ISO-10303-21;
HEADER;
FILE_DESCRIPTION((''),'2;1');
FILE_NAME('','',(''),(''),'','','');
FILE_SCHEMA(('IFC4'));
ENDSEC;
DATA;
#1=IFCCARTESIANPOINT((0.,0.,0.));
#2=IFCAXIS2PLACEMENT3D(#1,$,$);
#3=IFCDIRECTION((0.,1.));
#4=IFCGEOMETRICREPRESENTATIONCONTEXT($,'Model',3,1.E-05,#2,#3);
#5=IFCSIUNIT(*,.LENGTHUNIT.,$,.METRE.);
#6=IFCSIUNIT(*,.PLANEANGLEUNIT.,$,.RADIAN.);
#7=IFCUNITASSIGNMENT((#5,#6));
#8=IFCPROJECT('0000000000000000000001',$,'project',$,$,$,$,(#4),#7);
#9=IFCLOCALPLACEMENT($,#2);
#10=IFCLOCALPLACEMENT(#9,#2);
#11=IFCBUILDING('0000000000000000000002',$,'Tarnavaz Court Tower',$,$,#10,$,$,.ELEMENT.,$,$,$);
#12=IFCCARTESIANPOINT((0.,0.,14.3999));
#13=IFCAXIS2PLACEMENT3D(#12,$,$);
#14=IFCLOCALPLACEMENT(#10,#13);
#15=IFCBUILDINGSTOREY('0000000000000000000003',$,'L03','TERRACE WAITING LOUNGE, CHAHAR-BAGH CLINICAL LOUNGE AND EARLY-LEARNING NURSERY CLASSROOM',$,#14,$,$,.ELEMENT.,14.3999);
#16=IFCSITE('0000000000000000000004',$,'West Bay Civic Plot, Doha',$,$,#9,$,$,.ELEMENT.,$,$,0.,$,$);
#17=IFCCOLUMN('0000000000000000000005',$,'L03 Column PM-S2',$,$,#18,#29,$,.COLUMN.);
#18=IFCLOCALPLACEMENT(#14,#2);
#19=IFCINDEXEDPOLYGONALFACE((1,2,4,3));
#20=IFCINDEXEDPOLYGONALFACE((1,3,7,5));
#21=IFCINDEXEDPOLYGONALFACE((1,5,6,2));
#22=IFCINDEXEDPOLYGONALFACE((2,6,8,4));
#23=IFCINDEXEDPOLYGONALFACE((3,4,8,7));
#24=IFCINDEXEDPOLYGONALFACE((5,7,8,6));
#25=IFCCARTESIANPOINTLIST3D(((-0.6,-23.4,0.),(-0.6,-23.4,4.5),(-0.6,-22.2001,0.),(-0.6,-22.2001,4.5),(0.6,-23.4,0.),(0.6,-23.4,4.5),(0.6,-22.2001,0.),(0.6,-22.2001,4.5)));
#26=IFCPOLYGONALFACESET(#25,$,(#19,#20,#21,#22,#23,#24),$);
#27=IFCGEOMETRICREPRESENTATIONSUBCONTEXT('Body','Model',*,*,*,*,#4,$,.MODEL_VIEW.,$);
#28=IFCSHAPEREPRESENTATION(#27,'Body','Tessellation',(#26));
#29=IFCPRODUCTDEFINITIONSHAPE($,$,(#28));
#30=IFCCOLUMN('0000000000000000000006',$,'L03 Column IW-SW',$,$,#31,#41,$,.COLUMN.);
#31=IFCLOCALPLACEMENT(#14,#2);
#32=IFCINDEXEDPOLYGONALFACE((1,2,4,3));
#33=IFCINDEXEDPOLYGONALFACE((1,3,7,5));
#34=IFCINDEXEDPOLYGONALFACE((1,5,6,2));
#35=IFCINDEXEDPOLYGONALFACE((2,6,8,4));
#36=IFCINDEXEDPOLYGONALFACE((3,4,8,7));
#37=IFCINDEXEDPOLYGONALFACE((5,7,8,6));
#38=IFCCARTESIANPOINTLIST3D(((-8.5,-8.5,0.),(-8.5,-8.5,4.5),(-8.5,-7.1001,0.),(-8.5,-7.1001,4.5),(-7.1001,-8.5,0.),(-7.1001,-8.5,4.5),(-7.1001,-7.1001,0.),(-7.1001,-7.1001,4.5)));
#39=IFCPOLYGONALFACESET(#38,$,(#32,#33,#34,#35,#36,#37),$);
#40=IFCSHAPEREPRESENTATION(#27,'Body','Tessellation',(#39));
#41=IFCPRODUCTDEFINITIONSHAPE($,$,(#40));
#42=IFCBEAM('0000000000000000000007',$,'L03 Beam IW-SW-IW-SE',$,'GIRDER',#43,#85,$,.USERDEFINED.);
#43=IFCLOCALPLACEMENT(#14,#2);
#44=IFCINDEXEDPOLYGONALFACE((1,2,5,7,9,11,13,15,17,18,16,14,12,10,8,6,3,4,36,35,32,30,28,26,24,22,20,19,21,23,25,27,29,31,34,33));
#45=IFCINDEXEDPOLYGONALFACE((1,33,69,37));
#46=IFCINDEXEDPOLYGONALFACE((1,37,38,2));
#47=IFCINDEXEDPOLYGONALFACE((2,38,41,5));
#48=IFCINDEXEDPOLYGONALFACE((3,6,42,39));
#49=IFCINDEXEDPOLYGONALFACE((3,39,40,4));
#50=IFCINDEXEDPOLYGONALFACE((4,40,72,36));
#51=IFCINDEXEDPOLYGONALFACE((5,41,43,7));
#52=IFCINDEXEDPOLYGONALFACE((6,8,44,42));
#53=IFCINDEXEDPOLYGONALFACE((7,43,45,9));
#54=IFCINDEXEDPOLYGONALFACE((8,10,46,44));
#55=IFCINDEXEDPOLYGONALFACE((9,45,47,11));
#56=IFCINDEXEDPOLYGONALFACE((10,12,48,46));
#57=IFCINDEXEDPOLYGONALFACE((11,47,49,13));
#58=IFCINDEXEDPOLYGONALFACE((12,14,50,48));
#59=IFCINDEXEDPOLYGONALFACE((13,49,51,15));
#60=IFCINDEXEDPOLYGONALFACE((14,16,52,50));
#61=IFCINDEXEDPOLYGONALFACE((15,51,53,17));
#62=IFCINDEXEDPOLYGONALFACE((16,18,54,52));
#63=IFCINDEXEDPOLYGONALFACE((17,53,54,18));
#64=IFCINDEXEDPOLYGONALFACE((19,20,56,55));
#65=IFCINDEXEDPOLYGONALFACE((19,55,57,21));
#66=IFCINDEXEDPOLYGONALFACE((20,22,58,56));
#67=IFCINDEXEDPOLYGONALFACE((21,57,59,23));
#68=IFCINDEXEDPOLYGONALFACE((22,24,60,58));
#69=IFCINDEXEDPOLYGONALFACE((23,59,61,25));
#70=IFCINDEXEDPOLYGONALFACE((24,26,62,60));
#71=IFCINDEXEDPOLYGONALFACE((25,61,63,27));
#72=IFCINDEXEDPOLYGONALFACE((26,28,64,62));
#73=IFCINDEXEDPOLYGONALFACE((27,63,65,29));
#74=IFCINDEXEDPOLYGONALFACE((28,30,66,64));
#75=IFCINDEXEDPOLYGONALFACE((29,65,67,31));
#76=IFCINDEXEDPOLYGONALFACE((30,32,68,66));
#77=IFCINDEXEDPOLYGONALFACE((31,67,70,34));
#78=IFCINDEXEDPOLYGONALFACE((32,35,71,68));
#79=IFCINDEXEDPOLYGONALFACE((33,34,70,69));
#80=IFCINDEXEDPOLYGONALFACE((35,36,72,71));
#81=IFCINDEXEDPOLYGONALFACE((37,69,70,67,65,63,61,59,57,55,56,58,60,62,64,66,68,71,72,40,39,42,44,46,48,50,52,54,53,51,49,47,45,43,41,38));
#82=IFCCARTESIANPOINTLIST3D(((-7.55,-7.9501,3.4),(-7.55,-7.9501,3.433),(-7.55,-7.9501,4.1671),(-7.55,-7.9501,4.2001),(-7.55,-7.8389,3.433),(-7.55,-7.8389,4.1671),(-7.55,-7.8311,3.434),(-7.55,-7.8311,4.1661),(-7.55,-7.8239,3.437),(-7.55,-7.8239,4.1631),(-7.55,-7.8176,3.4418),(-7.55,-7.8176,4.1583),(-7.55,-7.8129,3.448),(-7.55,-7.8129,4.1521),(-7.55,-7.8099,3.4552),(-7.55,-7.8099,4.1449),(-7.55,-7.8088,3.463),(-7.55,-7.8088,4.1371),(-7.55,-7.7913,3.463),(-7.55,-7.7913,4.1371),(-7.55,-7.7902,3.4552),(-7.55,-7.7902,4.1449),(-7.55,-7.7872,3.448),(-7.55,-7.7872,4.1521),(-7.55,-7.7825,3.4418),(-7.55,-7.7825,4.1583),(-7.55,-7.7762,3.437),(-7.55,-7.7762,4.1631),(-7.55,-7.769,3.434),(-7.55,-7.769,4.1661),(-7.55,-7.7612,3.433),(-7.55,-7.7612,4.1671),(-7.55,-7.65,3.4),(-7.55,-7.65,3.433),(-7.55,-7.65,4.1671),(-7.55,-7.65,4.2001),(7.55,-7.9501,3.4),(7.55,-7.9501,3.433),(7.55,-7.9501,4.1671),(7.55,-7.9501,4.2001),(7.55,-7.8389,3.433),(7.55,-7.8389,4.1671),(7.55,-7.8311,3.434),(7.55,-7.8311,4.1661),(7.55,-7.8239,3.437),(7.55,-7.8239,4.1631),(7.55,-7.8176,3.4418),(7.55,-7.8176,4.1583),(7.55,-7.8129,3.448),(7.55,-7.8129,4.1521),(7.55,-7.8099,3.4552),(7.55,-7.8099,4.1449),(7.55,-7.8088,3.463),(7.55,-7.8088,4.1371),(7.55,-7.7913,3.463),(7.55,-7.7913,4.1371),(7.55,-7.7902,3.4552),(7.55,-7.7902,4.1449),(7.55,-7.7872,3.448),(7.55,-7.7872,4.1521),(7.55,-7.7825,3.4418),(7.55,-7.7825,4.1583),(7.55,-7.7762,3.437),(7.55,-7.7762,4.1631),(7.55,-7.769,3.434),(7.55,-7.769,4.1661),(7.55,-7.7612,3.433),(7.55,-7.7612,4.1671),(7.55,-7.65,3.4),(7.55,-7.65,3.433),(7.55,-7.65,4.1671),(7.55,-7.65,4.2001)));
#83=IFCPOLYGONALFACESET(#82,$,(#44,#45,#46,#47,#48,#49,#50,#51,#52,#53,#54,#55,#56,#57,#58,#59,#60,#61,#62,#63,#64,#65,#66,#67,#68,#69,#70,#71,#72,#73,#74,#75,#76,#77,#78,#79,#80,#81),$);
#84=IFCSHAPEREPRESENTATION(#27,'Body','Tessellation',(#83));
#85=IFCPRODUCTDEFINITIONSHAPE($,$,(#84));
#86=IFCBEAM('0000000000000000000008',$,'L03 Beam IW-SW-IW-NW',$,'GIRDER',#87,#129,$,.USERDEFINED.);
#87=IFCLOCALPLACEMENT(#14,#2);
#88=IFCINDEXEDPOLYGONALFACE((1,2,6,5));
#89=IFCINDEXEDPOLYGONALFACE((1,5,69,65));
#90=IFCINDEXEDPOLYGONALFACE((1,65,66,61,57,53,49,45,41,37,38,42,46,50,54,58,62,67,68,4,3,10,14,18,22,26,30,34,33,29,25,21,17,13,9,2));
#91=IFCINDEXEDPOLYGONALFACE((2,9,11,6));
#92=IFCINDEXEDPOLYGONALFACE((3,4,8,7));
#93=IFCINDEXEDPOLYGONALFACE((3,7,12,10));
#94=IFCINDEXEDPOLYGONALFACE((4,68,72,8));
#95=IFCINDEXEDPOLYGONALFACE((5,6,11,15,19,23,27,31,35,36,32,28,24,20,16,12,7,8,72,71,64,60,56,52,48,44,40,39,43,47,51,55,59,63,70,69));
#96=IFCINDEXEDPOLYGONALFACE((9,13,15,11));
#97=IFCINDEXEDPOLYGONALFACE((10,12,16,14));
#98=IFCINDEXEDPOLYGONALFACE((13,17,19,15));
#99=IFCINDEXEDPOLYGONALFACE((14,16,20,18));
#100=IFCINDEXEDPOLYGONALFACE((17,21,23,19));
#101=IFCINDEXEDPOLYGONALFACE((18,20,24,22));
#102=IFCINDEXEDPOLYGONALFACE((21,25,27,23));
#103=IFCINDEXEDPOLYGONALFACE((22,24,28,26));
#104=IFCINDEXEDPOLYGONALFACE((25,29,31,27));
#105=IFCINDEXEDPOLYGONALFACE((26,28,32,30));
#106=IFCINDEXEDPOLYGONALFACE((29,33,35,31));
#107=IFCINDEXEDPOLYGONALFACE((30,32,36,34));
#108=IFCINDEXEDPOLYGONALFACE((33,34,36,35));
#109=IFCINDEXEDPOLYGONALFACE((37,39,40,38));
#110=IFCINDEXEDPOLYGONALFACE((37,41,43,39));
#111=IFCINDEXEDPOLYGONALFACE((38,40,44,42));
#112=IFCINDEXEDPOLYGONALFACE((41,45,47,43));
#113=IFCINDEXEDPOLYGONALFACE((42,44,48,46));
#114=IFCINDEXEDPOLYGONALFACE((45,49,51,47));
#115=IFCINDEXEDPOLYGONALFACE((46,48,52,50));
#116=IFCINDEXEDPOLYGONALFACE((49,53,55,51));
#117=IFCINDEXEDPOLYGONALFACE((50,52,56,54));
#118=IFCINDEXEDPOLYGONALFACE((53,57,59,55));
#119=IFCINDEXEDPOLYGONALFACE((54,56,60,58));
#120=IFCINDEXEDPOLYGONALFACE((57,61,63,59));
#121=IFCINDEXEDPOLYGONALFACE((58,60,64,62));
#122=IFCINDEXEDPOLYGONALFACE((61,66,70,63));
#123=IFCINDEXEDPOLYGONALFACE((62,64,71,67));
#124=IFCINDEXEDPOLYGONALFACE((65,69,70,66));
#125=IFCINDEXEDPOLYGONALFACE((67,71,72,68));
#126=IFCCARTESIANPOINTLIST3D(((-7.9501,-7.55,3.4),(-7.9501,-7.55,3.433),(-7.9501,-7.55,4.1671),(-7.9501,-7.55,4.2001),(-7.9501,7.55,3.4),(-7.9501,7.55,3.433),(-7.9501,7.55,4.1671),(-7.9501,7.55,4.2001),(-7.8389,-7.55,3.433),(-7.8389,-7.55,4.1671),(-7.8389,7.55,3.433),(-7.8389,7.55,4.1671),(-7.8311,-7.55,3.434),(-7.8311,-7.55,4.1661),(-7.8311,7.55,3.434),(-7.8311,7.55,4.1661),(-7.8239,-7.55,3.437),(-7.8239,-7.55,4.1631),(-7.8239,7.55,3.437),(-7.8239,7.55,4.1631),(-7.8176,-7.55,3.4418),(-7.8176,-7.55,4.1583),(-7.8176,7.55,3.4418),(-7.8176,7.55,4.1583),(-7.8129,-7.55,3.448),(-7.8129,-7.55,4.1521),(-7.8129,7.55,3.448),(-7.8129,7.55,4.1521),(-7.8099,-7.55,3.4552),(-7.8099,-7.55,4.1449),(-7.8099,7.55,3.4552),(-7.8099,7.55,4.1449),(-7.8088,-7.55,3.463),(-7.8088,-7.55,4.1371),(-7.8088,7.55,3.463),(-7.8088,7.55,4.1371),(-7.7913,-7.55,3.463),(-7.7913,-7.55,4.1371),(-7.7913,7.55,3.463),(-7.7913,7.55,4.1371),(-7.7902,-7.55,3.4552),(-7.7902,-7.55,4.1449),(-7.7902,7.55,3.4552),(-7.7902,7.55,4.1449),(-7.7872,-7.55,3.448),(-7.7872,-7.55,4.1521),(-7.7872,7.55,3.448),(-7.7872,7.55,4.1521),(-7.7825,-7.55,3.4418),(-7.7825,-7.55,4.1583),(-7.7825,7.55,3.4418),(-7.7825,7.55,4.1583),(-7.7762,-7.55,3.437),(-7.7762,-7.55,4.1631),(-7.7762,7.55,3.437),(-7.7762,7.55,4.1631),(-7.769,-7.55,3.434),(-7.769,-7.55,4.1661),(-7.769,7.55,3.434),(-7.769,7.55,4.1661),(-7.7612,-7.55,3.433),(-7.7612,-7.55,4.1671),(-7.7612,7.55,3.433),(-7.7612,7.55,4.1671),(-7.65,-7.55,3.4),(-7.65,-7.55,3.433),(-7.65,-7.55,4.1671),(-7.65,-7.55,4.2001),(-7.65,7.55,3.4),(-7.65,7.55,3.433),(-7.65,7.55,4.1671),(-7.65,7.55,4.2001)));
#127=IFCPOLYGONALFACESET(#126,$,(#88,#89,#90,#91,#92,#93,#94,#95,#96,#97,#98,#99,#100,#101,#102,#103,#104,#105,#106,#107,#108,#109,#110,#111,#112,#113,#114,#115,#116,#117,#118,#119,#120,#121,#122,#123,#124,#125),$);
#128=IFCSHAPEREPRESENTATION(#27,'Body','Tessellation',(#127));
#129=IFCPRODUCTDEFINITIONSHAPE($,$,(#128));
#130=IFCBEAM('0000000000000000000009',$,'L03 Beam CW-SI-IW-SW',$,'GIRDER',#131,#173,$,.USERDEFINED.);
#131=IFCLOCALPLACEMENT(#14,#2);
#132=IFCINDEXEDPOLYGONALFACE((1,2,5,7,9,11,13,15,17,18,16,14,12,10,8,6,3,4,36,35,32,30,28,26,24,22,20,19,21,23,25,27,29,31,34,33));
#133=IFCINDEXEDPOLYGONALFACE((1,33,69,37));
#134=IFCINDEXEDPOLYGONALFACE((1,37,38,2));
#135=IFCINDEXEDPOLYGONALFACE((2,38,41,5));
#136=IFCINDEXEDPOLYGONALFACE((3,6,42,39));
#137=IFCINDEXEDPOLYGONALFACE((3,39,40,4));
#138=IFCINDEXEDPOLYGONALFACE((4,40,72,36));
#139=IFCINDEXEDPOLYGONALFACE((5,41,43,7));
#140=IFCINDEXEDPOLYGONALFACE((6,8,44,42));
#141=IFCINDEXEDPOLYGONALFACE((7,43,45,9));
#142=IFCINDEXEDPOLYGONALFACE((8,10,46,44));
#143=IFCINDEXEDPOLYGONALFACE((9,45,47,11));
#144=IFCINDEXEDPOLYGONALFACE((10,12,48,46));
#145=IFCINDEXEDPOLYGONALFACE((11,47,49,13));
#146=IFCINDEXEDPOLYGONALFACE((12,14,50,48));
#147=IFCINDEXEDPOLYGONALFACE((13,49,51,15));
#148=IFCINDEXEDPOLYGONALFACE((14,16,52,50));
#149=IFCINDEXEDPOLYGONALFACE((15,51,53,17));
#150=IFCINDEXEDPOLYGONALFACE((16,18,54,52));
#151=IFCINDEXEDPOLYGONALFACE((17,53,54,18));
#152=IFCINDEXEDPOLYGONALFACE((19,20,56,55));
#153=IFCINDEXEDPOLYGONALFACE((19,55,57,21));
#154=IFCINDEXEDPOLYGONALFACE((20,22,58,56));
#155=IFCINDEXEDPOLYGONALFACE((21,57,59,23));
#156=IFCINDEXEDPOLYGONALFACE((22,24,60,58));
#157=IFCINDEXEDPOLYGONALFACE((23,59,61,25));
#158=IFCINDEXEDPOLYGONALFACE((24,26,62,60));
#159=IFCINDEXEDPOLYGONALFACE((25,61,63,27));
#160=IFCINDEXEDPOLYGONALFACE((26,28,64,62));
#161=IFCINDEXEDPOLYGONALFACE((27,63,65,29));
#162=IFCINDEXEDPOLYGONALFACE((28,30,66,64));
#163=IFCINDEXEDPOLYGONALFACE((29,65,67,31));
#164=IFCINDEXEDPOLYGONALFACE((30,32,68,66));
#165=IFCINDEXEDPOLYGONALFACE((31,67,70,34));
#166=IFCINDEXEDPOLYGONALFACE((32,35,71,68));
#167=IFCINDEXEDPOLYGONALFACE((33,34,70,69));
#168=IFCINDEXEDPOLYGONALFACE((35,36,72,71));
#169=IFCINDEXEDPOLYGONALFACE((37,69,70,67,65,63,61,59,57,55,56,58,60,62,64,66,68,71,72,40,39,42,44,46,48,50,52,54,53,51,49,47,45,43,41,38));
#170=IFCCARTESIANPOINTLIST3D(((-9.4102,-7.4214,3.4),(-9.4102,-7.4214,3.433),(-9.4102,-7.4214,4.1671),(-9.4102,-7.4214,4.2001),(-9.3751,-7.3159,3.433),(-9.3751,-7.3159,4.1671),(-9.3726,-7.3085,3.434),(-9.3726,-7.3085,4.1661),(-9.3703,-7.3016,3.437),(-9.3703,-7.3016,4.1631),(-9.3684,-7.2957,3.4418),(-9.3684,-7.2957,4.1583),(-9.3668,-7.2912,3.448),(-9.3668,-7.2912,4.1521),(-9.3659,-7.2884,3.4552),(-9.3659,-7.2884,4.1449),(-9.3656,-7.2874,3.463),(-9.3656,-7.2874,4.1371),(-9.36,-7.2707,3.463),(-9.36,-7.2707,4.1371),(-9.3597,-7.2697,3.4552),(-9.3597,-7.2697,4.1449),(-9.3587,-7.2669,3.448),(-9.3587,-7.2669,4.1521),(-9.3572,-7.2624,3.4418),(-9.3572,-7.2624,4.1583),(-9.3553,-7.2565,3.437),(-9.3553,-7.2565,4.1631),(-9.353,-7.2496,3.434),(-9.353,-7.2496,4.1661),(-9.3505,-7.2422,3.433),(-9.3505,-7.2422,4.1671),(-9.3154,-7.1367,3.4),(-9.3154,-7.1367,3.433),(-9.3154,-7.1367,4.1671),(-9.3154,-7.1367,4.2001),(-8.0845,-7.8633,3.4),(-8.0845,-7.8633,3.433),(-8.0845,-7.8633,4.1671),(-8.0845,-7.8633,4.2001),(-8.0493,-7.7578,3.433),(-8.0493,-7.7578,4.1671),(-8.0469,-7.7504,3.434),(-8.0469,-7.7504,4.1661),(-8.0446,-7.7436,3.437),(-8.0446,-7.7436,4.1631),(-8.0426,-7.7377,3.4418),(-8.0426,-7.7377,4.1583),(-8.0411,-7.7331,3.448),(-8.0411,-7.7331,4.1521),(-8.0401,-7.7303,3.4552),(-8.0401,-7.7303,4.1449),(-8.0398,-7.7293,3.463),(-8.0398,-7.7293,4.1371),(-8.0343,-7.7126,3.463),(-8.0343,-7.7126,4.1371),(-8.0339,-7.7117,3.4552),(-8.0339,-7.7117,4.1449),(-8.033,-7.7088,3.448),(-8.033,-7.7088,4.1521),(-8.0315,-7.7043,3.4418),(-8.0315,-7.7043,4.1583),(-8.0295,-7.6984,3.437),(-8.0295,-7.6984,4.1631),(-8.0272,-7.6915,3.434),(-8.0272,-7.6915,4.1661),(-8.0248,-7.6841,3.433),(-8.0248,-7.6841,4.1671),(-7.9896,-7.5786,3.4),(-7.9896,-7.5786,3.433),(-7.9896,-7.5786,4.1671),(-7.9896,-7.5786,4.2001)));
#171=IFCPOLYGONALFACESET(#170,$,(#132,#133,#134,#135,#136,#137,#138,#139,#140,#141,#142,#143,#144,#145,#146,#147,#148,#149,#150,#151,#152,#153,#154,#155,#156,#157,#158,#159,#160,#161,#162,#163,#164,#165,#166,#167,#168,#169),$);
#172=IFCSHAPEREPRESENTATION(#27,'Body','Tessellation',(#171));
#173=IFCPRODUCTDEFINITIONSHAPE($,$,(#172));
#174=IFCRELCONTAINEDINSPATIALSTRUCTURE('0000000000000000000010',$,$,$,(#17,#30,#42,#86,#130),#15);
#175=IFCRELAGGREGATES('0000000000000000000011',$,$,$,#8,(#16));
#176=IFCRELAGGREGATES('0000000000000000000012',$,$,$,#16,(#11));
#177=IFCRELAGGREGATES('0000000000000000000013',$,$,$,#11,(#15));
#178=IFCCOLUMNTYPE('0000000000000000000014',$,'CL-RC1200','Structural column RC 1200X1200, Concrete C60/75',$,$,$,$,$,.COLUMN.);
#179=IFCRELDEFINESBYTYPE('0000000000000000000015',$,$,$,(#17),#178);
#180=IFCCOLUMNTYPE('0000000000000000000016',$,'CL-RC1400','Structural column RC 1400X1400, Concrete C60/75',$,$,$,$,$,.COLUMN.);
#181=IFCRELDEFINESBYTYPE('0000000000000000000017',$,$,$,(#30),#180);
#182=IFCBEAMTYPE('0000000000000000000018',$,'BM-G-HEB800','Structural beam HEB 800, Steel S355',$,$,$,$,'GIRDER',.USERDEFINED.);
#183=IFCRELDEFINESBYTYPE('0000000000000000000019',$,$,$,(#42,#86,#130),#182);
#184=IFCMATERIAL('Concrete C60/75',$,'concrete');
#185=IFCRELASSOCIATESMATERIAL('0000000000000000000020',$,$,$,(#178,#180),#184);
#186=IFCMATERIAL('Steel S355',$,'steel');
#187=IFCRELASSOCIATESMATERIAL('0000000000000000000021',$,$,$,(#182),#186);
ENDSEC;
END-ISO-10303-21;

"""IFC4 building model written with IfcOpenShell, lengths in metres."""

from ifc_helpers import new_model, si_unit, direction, frame, origin, origin_2d, place, context, subcontext, project, spatial, rectangle, i_section, extrude, material, material_profile, profile_set, type_object, element, save


model = new_model("IFC4")

# Units and contexts
model_context = context("Model", 3, precision=1e-05, world=origin(), true_north=direction((0.0, 1.0)))
body_context = subcontext(model_context, "Body", "Model", "MODEL_VIEW")
ifc_project = project(units=[si_unit("LENGTHUNIT", "METRE"), si_unit("PLANEANGLEUNIT", "RADIAN")], contexts=[model_context])

# Site, building, storey
site_placement = place(None, origin())
site = spatial("IfcSite", under=ifc_project, at=site_placement, Name="West Bay Civic Plot, Doha", CompositionType="ELEMENT", RefElevation=0.0)
building_placement = place(site_placement, origin())
building = spatial("IfcBuilding", under=site, at=building_placement, Name="Tarnavaz Court Tower", CompositionType="ELEMENT")
storey_placement = place(building_placement, frame((0.0, 0.0, 14.3999)))
storey = spatial("IfcBuildingStorey", under=building, at=storey_placement, Name="L03", Description="TERRACE WAITING LOUNGE, CHAHAR-BAGH CLINICAL LOUNGE AND EARLY-LEARNING NURSERY CLASSROOM", CompositionType="ELEMENT", Elevation=14.3999)

# Columns
ifc_material_1 = material(Name="Concrete C60/75", Category="concrete")
ifc_material_profile_1 = material_profile(ifc_material_1, rectangle(XDim=1.2, YDim=1.2, at=origin_2d()), Name="RC 1200X1200")
ifc_profile_set_1 = profile_set([ifc_material_profile_1], Name="Concrete C60/75")
column_type_1 = type_object("IfcColumnType", Name="CL-RC1200", Description="Structural column RC 1200X1200, Concrete C60/75", PredefinedType="COLUMN", material=ifc_profile_set_1)
column_1_placement = place(storey_placement, frame((0.0, -22.8, 0.0), z_axis=(0.0, 0.0, 1.0), x_axis=(1.0, 0.0, 0.0)))
element("IfcColumn", 1, at=column_1_placement, inside=storey, type_object=column_type_1, Name="L03 Column PM-S2", PredefinedType="COLUMN", context=body_context, shape_type="SweptSolid", body=[
    extrude(rectangle(XDim=1.2, YDim=1.2, at=origin_2d()), origin(), (0.0, 0.0, 1.0), 4.5),
])
ifc_material_profile_2 = material_profile(ifc_material_1, rectangle(XDim=1.3999, YDim=1.3999, at=origin_2d()), Name="RC 1400X1400")
ifc_profile_set_2 = profile_set([ifc_material_profile_2], Name="Concrete C60/75")
column_type_2 = type_object("IfcColumnType", Name="CL-RC1400", Description="Structural column RC 1400X1400, Concrete C60/75", PredefinedType="COLUMN", material=ifc_profile_set_2)
column_2_placement = place(storey_placement, frame((-7.8, -7.8, 0.0), z_axis=(0.0, 0.0, 1.0), x_axis=(1.0, 0.0, 0.0)))
element("IfcColumn", 2, at=column_2_placement, inside=storey, type_object=column_type_2, Name="L03 Column IW-SW", PredefinedType="COLUMN", context=body_context, shape_type="SweptSolid", body=[
    extrude(rectangle(XDim=1.3999, YDim=1.3999, at=origin_2d()), origin(), (0.0, 0.0, 1.0), 4.5),
])

# Beams
ifc_material_2 = material(Name="Steel S355", Category="steel")
ifc_material_profile_3 = material_profile(ifc_material_2, i_section(OverallWidth=0.3, OverallDepth=0.8, WebThickness=0.0176, FlangeThickness=0.033, FilletRadius=0.03, at=origin_2d()), Name="HEB 800")
ifc_profile_set_3 = profile_set([ifc_material_profile_3], Name="Steel S355")
beam_type_1 = type_object("IfcBeamType", Name="BM-G-HEB800", Description="Structural beam HEB 800, Steel S355", ElementType="GIRDER", PredefinedType="USERDEFINED", material=ifc_profile_set_3)
for number, where, z_axis, x_axis, name in (
    (3, (-7.55, -7.8, 3.8), (1.0, 0.0, 0.0), (0.0, 1.0, 0.0), "L03 Beam IW-SW-IW-SE"),
    (4, (-7.8, -7.55, 3.8), (0.0, 1.0, 0.0), (-1.0, 0.0, 0.0), "L03 Beam IW-SW-IW-NW"),
):
    element("IfcBeam", number, at=place(storey_placement, frame(where, z_axis=z_axis, x_axis=x_axis)), inside=storey, type_object=beam_type_1, Name=name, ObjectType="GIRDER", PredefinedType="USERDEFINED", context=body_context, shape_type="SweptSolid", body=[
        extrude(i_section(OverallWidth=0.3, OverallDepth=0.8, WebThickness=0.0176, FlangeThickness=0.033, FilletRadius=0.03, at=origin_2d()), origin(), (0.0, 0.0, 1.0), 15.1001),
    ])
beam_1_placement = place(storey_placement, frame((-9.3628, -7.2791, 3.8), z_axis=(0.948683, -0.316228, 0.0), x_axis=(0.316228, 0.948683, 0.0)))
element("IfcBeam", 5, at=beam_1_placement, inside=storey, type_object=beam_type_1, Name="L03 Beam CW-SI-IW-SW", ObjectType="GIRDER", PredefinedType="USERDEFINED", context=body_context, shape_type="SweptSolid", body=[
    extrude(i_section(OverallWidth=0.3, OverallDepth=0.8, WebThickness=0.0176, FlangeThickness=0.033, FilletRadius=0.03, at=origin_2d()), origin(), (0.0, 0.0, 1.0), 1.3975),
])

save(model, "model.ifc")
